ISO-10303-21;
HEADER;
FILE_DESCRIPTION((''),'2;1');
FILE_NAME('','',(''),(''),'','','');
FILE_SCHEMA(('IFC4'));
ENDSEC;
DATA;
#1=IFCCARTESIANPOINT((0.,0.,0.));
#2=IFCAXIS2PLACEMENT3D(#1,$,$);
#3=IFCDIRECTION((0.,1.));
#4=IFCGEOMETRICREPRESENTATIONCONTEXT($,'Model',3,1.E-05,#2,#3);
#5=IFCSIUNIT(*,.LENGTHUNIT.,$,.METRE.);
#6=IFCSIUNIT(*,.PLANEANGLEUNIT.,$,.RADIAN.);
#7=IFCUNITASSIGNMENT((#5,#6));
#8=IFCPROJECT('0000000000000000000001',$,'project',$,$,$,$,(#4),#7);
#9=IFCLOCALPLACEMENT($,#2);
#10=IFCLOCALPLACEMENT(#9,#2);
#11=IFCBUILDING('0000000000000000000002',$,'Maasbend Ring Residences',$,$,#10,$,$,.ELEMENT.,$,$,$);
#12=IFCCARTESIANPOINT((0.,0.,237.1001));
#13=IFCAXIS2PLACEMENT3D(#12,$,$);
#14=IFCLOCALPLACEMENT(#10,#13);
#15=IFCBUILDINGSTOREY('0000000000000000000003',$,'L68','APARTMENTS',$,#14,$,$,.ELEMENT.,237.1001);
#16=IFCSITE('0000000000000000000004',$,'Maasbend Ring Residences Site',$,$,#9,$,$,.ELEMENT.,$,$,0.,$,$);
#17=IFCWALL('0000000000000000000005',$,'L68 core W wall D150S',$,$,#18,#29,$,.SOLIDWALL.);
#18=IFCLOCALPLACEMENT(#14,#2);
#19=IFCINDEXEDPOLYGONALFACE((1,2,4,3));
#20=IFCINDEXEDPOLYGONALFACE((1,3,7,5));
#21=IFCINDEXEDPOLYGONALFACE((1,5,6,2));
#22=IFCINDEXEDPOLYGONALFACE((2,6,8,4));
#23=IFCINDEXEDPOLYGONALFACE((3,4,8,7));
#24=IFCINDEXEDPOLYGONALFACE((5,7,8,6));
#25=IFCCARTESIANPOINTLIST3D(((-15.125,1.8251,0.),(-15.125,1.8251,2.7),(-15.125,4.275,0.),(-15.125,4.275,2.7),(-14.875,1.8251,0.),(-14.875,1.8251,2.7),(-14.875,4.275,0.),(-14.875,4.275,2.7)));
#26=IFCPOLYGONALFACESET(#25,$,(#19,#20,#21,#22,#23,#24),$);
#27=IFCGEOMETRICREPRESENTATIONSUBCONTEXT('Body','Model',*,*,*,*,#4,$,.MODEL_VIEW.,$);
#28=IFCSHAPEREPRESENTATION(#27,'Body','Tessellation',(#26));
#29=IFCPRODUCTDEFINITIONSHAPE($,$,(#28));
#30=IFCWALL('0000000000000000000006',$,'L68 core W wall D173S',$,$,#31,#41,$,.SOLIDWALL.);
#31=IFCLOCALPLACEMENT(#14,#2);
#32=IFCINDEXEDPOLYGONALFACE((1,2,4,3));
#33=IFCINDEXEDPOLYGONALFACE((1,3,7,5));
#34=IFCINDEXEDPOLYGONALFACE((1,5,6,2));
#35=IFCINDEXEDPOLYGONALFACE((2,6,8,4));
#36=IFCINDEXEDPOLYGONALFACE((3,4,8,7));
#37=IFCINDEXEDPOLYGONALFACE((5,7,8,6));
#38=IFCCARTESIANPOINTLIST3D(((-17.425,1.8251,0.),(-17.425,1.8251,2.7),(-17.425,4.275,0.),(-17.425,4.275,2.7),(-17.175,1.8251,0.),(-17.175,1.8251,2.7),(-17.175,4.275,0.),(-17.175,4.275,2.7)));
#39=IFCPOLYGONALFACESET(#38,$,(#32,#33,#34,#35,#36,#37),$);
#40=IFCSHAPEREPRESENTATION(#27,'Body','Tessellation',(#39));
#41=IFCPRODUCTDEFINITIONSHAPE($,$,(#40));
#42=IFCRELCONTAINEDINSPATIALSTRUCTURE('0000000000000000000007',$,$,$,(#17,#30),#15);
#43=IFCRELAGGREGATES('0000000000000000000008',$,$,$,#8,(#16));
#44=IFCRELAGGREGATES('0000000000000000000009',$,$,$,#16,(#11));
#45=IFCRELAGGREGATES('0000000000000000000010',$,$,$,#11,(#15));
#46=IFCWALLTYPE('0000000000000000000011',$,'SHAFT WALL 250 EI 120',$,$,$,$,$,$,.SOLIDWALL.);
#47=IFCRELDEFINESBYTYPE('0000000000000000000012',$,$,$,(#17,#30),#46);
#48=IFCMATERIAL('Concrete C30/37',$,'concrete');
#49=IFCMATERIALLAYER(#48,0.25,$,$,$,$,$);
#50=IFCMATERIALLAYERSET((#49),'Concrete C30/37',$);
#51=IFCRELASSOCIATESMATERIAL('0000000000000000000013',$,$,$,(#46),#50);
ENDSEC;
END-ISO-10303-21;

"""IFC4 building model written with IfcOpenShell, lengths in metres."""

from ifc_helpers import new_model, si_unit, direction, frame, frame_2d, origin, place, context, subcontext, project, spatial, rectangle, extrude, material, layer, layer_set, type_object, element, save


model = new_model("IFC4")

# Units and contexts
model_context = context("Model", 3, precision=1e-05, world=origin(), true_north=direction((0.0, 1.0)))
body_context = subcontext(model_context, "Body", "Model", "MODEL_VIEW")
ifc_project = project(units=[si_unit("LENGTHUNIT", "METRE"), si_unit("PLANEANGLEUNIT", "RADIAN")], contexts=[model_context])

# Site, building, storey
site_placement = place(None, origin())
site = spatial("IfcSite", under=ifc_project, at=site_placement, Name="Maasbend Ring Residences Site", CompositionType="ELEMENT", RefElevation=0.0)
building_placement = place(site_placement, origin())
building = spatial("IfcBuilding", under=site, at=building_placement, Name="Maasbend Ring Residences", CompositionType="ELEMENT")
storey_placement = place(building_placement, frame((0.0, 0.0, 237.1001)))
storey = spatial("IfcBuildingStorey", under=building, at=storey_placement, Name="L68", Description="APARTMENTS", CompositionType="ELEMENT", Elevation=237.1001)

# Walls
ifc_material_1 = material(Name="Concrete C30/37", Category="concrete")
ifc_layer_1 = layer(ifc_material_1, 0.25)
ifc_layer_set_1 = layer_set([ifc_layer_1], Name="Concrete C30/37")
wall_type_1 = type_object("IfcWallType", Name="SHAFT WALL 250 EI 120", PredefinedType="SOLIDWALL", material=ifc_layer_set_1)
for number, where, z_axis, x_axis, name in (
    (1, (-15.0, 1.825, 0.0), (0.0, 0.0, 1.0), (0.0, 1.0, 0.0), "L68 core W wall D150S"),
    (2, (-17.3, 1.825, 0.0), (0.0, 0.0, 1.0), (0.0, 1.0, 0.0), "L68 core W wall D173S"),
):
    element("IfcWall", number, at=place(storey_placement, frame(where, z_axis=z_axis, x_axis=x_axis)), inside=storey, type_object=wall_type_1, Name=name, PredefinedType="SOLIDWALL", context=body_context, shape_type="SweptSolid", body=[
        extrude(rectangle(XDim=2.45, YDim=0.25, at=frame_2d((1.2251, 0.0))), origin(), (0.0, 0.0, 1.0), 2.7),
    ])

save(model, "model.ifc")
